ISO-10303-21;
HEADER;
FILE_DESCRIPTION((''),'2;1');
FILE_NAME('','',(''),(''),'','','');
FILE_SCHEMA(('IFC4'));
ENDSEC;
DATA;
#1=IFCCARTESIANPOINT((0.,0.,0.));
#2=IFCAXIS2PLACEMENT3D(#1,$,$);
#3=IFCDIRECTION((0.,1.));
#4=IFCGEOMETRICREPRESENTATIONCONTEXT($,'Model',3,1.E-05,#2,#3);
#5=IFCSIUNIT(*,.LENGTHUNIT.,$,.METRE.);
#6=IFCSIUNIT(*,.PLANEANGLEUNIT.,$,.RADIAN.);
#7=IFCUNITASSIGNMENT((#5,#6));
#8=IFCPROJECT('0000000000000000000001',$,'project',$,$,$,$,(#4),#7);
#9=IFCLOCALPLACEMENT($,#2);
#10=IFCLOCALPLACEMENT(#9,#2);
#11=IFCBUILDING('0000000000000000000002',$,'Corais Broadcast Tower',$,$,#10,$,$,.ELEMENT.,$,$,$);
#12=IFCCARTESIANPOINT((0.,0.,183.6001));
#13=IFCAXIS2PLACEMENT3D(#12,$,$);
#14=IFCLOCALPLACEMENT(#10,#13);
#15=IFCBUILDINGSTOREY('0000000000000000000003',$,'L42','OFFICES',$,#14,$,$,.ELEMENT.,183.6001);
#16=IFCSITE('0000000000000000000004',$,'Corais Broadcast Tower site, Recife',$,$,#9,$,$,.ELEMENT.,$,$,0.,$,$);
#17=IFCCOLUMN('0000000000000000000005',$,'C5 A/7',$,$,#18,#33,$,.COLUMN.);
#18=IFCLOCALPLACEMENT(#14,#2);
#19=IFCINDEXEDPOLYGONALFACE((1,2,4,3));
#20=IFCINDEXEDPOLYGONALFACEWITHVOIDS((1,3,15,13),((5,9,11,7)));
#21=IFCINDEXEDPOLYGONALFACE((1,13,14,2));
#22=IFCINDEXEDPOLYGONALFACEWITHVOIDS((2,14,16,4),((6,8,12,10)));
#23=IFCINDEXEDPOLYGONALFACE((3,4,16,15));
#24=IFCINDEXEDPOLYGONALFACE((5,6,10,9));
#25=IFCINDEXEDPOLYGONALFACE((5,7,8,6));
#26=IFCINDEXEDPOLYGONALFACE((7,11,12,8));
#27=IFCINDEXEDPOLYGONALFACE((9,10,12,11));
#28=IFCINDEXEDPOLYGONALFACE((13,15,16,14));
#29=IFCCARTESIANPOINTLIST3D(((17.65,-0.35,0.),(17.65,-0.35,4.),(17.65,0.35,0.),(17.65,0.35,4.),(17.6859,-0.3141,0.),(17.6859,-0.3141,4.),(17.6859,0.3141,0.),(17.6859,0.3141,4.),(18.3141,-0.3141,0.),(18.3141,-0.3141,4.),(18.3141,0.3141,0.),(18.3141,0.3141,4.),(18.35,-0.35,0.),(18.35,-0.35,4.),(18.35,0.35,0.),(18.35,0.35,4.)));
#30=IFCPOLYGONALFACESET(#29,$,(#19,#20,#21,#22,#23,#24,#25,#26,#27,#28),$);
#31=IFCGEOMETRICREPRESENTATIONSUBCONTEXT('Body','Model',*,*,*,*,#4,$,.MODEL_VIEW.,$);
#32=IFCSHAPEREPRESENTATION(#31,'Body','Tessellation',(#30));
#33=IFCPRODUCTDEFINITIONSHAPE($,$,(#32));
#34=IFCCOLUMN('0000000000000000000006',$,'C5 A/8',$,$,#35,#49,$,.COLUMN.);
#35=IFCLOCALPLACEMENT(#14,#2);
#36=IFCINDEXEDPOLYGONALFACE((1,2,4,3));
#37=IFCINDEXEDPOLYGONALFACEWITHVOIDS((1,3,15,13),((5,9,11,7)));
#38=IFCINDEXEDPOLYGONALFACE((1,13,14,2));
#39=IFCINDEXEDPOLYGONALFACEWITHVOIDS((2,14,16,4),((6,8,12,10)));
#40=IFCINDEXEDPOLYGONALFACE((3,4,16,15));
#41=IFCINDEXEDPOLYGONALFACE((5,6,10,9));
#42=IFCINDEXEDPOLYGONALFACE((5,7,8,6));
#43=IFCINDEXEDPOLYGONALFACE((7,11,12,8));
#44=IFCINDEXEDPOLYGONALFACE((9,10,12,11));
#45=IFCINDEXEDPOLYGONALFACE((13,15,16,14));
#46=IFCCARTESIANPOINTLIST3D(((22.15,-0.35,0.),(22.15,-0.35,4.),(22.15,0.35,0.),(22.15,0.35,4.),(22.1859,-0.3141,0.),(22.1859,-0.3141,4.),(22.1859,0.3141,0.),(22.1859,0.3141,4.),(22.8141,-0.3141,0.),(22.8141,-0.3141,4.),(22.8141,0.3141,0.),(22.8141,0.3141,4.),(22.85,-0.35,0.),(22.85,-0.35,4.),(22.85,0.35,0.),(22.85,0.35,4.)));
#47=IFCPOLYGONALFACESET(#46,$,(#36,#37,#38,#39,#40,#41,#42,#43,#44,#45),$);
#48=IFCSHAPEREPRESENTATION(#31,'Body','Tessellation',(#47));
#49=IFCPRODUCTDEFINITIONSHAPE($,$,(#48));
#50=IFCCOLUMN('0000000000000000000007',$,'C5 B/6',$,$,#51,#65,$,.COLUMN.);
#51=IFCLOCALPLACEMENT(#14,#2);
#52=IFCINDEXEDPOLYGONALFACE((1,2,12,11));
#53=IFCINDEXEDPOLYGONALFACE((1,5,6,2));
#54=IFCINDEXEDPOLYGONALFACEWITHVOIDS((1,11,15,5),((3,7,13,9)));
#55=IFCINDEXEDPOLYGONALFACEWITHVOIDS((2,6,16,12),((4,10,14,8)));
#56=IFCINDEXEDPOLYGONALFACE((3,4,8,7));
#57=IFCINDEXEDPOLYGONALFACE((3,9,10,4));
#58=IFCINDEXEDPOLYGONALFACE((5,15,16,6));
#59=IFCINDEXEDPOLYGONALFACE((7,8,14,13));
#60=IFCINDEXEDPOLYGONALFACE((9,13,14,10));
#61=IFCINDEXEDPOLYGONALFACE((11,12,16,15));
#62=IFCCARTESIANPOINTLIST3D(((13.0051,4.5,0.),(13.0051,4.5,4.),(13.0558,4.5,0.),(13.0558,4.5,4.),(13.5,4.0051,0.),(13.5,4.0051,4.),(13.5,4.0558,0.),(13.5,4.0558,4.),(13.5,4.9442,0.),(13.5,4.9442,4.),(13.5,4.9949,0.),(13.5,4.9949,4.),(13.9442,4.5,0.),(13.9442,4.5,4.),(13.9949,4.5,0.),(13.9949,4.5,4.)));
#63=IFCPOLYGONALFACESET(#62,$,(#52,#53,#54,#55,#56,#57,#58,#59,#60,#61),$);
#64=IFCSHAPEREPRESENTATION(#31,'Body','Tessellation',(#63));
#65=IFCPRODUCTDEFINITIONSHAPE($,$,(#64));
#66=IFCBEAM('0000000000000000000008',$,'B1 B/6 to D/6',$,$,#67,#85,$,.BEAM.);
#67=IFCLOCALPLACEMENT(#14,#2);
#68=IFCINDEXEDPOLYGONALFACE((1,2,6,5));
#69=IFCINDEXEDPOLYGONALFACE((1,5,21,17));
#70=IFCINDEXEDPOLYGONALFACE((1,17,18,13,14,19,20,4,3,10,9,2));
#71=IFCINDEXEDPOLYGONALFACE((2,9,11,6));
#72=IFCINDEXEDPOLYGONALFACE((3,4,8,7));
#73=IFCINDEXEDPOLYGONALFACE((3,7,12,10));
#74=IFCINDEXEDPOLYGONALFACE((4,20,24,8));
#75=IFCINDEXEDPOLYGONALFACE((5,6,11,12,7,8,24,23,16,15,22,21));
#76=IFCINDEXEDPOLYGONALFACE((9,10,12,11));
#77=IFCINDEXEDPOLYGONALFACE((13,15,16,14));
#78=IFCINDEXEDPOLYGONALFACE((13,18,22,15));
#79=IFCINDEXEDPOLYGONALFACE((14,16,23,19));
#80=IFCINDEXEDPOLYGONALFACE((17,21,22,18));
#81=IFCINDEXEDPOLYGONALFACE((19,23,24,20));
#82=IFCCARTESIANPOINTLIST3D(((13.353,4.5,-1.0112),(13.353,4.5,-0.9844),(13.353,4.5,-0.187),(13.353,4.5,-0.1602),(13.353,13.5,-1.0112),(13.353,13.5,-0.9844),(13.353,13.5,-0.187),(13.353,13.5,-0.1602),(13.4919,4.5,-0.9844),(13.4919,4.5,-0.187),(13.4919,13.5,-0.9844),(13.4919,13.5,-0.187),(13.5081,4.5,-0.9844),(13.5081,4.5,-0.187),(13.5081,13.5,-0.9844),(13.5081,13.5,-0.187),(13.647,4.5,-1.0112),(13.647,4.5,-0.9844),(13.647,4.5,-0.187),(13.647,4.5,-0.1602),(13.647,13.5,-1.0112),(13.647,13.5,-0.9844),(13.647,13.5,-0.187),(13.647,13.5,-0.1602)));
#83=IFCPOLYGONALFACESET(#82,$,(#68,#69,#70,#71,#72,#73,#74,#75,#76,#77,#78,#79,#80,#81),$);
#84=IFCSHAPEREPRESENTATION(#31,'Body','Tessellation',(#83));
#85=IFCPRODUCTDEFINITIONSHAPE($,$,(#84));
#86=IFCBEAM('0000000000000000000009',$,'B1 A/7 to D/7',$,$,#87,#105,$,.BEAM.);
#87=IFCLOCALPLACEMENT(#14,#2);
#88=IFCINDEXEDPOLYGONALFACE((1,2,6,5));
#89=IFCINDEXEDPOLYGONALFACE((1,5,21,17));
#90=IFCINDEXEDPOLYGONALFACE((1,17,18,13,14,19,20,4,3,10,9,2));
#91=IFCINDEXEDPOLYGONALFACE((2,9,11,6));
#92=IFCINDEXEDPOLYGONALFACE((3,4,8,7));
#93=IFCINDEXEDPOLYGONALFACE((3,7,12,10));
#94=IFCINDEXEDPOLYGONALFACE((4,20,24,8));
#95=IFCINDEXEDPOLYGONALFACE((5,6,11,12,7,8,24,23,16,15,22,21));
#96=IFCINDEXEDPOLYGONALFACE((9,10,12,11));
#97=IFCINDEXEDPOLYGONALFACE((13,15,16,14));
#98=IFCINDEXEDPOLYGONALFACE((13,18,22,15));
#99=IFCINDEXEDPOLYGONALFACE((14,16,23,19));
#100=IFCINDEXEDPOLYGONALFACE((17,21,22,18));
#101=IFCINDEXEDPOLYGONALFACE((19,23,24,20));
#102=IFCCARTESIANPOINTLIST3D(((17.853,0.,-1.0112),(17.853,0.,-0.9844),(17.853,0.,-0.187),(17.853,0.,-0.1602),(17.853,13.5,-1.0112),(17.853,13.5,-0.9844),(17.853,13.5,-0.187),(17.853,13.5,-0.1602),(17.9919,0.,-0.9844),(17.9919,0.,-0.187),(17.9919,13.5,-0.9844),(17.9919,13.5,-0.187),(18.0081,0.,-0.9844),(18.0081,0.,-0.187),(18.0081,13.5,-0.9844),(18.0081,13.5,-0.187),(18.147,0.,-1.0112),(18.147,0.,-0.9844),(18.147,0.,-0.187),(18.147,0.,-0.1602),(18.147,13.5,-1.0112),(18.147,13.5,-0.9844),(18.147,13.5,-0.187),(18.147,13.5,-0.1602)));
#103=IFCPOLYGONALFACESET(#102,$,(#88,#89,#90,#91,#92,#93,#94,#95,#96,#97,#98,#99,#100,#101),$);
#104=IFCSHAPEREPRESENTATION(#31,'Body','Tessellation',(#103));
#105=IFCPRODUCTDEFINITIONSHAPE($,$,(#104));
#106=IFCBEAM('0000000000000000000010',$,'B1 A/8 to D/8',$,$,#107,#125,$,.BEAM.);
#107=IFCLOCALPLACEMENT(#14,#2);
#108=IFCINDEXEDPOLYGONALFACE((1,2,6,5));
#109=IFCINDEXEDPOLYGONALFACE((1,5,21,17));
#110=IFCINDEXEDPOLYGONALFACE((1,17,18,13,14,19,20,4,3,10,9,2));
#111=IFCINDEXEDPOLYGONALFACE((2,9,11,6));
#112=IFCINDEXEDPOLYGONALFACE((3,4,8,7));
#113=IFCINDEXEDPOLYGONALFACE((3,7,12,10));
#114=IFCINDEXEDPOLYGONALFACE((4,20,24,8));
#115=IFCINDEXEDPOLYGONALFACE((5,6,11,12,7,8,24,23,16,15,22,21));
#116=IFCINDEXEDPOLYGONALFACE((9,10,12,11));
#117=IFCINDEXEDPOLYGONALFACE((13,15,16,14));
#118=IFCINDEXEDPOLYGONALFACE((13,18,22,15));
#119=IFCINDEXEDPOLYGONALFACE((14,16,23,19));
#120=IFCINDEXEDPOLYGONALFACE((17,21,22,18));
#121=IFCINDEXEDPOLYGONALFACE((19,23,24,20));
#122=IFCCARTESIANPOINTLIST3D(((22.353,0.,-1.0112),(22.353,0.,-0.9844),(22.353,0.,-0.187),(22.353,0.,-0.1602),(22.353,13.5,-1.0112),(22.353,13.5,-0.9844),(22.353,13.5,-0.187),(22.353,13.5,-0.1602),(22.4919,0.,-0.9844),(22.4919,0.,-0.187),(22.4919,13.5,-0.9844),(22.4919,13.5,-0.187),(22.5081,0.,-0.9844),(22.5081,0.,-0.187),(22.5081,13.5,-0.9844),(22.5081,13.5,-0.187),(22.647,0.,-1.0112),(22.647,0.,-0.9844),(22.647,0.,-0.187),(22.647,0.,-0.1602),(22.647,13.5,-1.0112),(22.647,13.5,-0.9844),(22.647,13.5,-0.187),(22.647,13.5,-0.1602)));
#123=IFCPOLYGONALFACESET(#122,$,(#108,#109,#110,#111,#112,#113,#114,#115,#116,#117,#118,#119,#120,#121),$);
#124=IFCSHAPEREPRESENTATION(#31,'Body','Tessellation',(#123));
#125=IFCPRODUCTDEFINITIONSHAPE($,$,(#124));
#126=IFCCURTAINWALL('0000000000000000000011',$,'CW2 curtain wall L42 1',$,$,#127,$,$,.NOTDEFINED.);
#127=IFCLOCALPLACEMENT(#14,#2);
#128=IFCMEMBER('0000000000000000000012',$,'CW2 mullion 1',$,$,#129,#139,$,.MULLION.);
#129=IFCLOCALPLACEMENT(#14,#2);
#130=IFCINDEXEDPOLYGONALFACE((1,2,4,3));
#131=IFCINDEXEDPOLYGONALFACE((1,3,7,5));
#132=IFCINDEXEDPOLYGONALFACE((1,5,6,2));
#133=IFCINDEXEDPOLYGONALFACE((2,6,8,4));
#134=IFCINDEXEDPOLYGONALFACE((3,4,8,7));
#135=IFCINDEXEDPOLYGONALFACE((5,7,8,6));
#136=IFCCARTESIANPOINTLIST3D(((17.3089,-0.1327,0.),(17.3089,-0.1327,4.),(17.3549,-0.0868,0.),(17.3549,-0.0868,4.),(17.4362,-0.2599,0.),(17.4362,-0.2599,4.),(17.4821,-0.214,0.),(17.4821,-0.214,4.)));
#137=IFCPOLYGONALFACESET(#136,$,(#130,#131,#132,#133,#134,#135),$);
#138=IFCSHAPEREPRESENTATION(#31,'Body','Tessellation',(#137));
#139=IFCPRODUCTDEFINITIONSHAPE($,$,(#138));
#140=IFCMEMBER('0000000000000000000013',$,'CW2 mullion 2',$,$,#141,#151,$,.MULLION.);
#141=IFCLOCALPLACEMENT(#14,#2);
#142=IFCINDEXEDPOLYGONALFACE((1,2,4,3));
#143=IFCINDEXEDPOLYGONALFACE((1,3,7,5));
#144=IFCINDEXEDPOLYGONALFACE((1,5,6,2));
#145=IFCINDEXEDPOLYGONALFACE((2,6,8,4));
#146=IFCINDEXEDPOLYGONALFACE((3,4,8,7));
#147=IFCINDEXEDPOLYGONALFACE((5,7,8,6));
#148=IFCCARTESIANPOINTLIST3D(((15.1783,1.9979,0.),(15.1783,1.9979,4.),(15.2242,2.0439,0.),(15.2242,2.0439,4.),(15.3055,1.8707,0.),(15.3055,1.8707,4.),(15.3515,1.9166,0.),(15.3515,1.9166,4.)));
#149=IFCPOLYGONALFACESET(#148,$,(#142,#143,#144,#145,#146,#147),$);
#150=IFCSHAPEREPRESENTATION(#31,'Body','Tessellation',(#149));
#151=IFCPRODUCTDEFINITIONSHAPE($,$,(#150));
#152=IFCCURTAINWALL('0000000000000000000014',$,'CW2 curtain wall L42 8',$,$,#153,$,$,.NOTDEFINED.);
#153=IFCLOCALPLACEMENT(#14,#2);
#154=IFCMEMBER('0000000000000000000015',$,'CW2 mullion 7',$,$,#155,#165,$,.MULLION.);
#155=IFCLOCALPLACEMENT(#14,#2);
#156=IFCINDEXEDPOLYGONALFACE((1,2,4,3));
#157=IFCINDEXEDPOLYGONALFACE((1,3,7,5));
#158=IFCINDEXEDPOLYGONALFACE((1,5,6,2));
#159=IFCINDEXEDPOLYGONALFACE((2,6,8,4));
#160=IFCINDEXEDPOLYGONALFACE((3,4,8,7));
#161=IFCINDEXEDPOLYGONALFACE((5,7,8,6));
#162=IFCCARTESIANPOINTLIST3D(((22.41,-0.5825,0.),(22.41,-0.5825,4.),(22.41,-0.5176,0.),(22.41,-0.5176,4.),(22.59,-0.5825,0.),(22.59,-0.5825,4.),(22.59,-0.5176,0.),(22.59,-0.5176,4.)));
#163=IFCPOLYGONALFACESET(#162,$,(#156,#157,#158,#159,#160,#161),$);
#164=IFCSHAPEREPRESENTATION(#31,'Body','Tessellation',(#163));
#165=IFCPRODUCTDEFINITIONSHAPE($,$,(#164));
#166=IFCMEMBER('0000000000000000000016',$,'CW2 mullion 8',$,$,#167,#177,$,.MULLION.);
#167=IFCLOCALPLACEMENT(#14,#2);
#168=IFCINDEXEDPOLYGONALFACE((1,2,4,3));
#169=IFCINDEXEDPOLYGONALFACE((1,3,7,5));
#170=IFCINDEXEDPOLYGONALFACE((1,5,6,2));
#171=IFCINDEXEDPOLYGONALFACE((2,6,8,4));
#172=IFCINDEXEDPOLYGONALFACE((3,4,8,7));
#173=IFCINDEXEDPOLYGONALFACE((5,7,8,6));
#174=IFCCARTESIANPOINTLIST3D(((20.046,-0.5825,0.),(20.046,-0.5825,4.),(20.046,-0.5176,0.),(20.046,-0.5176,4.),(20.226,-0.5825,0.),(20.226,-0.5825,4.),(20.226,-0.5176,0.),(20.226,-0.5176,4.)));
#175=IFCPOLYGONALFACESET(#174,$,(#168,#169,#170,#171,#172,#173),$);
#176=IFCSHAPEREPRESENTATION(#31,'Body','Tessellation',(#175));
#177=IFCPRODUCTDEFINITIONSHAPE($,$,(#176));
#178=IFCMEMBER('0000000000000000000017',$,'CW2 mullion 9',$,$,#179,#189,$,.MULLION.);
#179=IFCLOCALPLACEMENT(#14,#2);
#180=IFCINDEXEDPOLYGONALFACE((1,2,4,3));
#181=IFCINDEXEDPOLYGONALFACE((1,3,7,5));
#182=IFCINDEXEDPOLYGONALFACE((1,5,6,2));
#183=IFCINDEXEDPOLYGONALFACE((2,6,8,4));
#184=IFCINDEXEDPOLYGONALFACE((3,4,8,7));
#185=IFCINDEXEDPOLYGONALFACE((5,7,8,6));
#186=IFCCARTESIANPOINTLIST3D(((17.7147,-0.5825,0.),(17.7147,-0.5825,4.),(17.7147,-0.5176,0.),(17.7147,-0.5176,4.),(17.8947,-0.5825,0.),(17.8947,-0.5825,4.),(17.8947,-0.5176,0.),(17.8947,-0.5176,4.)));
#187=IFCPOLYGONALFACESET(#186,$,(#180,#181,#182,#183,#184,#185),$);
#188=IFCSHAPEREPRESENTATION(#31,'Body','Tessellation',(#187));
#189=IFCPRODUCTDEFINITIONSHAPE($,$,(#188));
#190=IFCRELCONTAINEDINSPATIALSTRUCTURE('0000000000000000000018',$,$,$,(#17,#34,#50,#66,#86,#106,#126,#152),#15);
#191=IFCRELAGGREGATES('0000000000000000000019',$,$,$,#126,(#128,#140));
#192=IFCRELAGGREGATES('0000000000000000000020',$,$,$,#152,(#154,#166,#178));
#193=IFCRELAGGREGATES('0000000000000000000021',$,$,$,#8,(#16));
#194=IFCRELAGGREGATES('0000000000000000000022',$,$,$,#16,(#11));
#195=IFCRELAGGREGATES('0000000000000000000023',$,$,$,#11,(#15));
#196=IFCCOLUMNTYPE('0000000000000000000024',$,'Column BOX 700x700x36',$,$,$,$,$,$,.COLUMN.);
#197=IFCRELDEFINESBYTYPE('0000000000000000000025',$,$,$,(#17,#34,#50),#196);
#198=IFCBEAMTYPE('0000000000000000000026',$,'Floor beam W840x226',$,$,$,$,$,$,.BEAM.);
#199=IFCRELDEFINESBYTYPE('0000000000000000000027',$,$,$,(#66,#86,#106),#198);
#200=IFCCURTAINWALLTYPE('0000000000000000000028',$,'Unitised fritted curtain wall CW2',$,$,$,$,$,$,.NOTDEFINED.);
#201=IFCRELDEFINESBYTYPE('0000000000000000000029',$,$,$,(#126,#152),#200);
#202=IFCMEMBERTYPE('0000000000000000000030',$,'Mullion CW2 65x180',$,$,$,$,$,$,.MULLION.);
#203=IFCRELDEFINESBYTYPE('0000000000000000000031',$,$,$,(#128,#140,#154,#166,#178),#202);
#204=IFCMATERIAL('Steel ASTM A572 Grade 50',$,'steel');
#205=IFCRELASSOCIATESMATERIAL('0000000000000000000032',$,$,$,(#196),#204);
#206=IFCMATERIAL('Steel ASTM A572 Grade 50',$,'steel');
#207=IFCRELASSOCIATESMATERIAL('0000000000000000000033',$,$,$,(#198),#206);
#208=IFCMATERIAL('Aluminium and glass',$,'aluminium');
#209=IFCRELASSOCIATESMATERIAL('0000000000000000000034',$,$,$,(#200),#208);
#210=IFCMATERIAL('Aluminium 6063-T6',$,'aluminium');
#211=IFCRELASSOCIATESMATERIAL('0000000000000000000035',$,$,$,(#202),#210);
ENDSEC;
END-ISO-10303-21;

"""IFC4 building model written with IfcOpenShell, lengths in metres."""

from ifc_helpers import new_model, si_unit, direction, frame, origin, origin_2d, place, context, subcontext, project, spatial, rectangle, hollow_rectangle, i_section, extrude, material, material_profile, profile_set, type_object, element, aggregate, save


model = new_model("IFC4")

# Units and contexts
model_context = context("Model", 3, precision=1e-05, world=origin(), true_north=direction((0.0, 1.0)))
body_context = subcontext(model_context, "Body", "Model", "MODEL_VIEW")
ifc_project = project(units=[si_unit("LENGTHUNIT", "METRE"), si_unit("PLANEANGLEUNIT", "RADIAN")], contexts=[model_context])

# Site, building, storey
site_placement = place(None, origin())
site = spatial("IfcSite", under=ifc_project, at=site_placement, Name="Corais Broadcast Tower site, Recife", CompositionType="ELEMENT", RefElevation=0.0)
building_placement = place(site_placement, origin())
building = spatial("IfcBuilding", under=site, at=building_placement, Name="Corais Broadcast Tower", CompositionType="ELEMENT")
storey_placement = place(building_placement, frame((0.0, 0.0, 183.6001)))
storey = spatial("IfcBuildingStorey", under=building, at=storey_placement, Name="L42", Description="OFFICES", CompositionType="ELEMENT", Elevation=183.6001)

# Columns
ifc_material_1 = material(Name="Steel ASTM A572 Grade 50", Category="steel")
ifc_material_profile_1 = material_profile(ifc_material_1, hollow_rectangle(XDim=0.7, YDim=0.7, WallThickness=0.0359, at=origin_2d()), Name="BOX 700x700x36")
ifc_profile_set_1 = profile_set([ifc_material_profile_1], Name="Steel ASTM A572 Grade 50")
column_type = type_object("IfcColumnType", Name="Column BOX 700x700x36", PredefinedType="COLUMN", material=ifc_profile_set_1)
for number, where, z_axis, x_axis, name in (
    (1, (18.0, 0.0, 0.0), (0.0, 0.0, 1.0), (1.0, 0.0, 0.0), "C5 A/7"),
    (2, (22.5, 0.0, 0.0), (0.0, 0.0, 1.0), (1.0, 0.0, 0.0), "C5 A/8"),
    (3, (13.5, 4.5, 0.0), (0.0, 0.0, 1.0), (0.707107, 0.707107, 0.0), "C5 B/6"),
):
    element("IfcColumn", number, at=place(storey_placement, frame(where, z_axis=z_axis, x_axis=x_axis)), inside=storey, type_object=column_type, Name=name, PredefinedType="COLUMN", context=body_context, shape_type="SweptSolid", body=[
        extrude(hollow_rectangle(XDim=0.7, YDim=0.7, WallThickness=0.0359, at=origin_2d()), origin(), (0.0, 0.0, 1.0), 4.0),
    ])

# Beams
ifc_material_2 = material(Name="Steel ASTM A572 Grade 50", Category="steel")
ifc_material_profile_2 = material_profile(ifc_material_2, i_section(OverallWidth=0.2939, OverallDepth=0.8511, WebThickness=0.0161, FlangeThickness=0.0269, at=origin_2d()), Name="W840x226")
ifc_profile_set_2 = profile_set([ifc_material_profile_2], Name="Steel ASTM A572 Grade 50")
beam_type_1 = type_object("IfcBeamType", Name="Floor beam W840x226", PredefinedType="BEAM", material=ifc_profile_set_2)
beam_1_placement = place(storey_placement, frame((13.5, 4.5, -0.5857), z_axis=(0.0, 1.0, 0.0), x_axis=(-1.0, 0.0, 0.0)))
element("IfcBeam", 4, at=beam_1_placement, inside=storey, type_object=beam_type_1, Name="B1 B/6 to D/6", PredefinedType="BEAM", context=body_context, shape_type="SweptSolid", body=[
    extrude(i_section(OverallWidth=0.2939, OverallDepth=0.8511, WebThickness=0.0161, FlangeThickness=0.0269, at=origin_2d()), origin(), (0.0, 0.0, 1.0), 9.0),
])
for number, where, z_axis, x_axis, name in (
    (5, (18.0, 0.0, -0.5857), (0.0, 1.0, 0.0), (-1.0, 0.0, 0.0), "B1 A/7 to D/7"),
    (6, (22.5, 0.0, -0.5857), (0.0, 1.0, 0.0), (-1.0, 0.0, 0.0), "B1 A/8 to D/8"),
):
    element("IfcBeam", number, at=place(storey_placement, frame(where, z_axis=z_axis, x_axis=x_axis)), inside=storey, type_object=beam_type_1, Name=name, PredefinedType="BEAM", context=body_context, shape_type="SweptSolid", body=[
        extrude(i_section(OverallWidth=0.2939, OverallDepth=0.8511, WebThickness=0.0161, FlangeThickness=0.0269, at=origin_2d()), origin(), (0.0, 0.0, 1.0), 13.5),
    ])

# Curtain walls, members
ifc_material_3 = material(Name="Aluminium and glass", Category="aluminium")
curtain_wall_type = type_object("IfcCurtainWallType", Name="Unitised fritted curtain wall CW2", PredefinedType="NOTDEFINED", material=ifc_material_3)
curtain_wall_1_placement = place(storey_placement, origin())
curtain_wall_1 = element("IfcCurtainWall", 7, at=curtain_wall_1_placement, inside=storey, type_object=curtain_wall_type, Name="CW2 curtain wall L42 1", PredefinedType="NOTDEFINED")
ifc_material_4 = material(Name="Aluminium 6063-T6", Category="aluminium")
ifc_material_profile_3 = material_profile(ifc_material_4, rectangle(XDim=0.0649, YDim=0.1799, at=origin_2d()), Name="Mullion CW2 65x180")
ifc_profile_set_3 = profile_set([ifc_material_profile_3], Name="Aluminium 6063-T6")
member_type_1 = type_object("IfcMemberType", Name="Mullion CW2 65x180", PredefinedType="MULLION", material=ifc_profile_set_3)
member_1_placement = place(storey_placement, frame((17.3955, -0.1733, 0.0), z_axis=(0.0, 0.0, 1.0), x_axis=(-0.707107, -0.707107, 0.0)))
member_1 = element("IfcMember", 8, at=member_1_placement, type_object=member_type_1, Name="CW2 mullion 1", PredefinedType="MULLION", context=body_context, shape_type="SweptSolid", body=[
    extrude(rectangle(XDim=0.0649, YDim=0.1799, at=origin_2d()), origin(), (0.0, 0.0, 1.0), 4.0),
])
member_2_placement = place(storey_placement, frame((15.2649, 1.9573, 0.0), z_axis=(0.0, 0.0, 1.0), x_axis=(-0.707107, -0.707107, 0.0)))
member_2 = element("IfcMember", 9, at=member_2_placement, type_object=member_type_1, Name="CW2 mullion 2", PredefinedType="MULLION", context=body_context, shape_type="SweptSolid", body=[
    extrude(rectangle(XDim=0.0649, YDim=0.1799, at=origin_2d()), origin(), (0.0, 0.0, 1.0), 4.0),
])
curtain_wall_2_placement = place(storey_placement, origin())
curtain_wall_2 = element("IfcCurtainWall", 10, at=curtain_wall_2_placement, inside=storey, type_object=curtain_wall_type, Name="CW2 curtain wall L42 8", PredefinedType="NOTDEFINED")
member_3_placement = place(storey_placement, frame((22.5, -0.55, 0.0), z_axis=(0.0, 0.0, 1.0), x_axis=(0.0, -1.0, 0.0)))
member_3 = element("IfcMember", 11, at=member_3_placement, type_object=member_type_1, Name="CW2 mullion 7", PredefinedType="MULLION", context=body_context, shape_type="SweptSolid", body=[
    extrude(rectangle(XDim=0.0649, YDim=0.1799, at=origin_2d()), origin(), (0.0, 0.0, 1.0), 4.0),
])
member_4_placement = place(storey_placement, frame((20.136, -0.55, 0.0), z_axis=(0.0, 0.0, 1.0), x_axis=(0.0, -1.0, 0.0)))
member_4 = element("IfcMember", 12, at=member_4_placement, type_object=member_type_1, Name="CW2 mullion 8", PredefinedType="MULLION", context=body_context, shape_type="SweptSolid", body=[
    extrude(rectangle(XDim=0.0649, YDim=0.1799, at=origin_2d()), origin(), (0.0, 0.0, 1.0), 4.0),
])
member_5_placement = place(storey_placement, frame((17.8047, -0.55, 0.0), z_axis=(0.0, 0.0, 1.0), x_axis=(0.0, -1.0, 0.0)))
member_5 = element("IfcMember", 13, at=member_5_placement, type_object=member_type_1, Name="CW2 mullion 9", PredefinedType="MULLION", context=body_context, shape_type="SweptSolid", body=[
    extrude(rectangle(XDim=0.0649, YDim=0.1799, at=origin_2d()), origin(), (0.0, 0.0, 1.0), 4.0),
])

aggregate(curtain_wall_1, [member_1, member_2])
aggregate(curtain_wall_2, [member_3, member_4, member_5])

save(model, "model.ifc")
